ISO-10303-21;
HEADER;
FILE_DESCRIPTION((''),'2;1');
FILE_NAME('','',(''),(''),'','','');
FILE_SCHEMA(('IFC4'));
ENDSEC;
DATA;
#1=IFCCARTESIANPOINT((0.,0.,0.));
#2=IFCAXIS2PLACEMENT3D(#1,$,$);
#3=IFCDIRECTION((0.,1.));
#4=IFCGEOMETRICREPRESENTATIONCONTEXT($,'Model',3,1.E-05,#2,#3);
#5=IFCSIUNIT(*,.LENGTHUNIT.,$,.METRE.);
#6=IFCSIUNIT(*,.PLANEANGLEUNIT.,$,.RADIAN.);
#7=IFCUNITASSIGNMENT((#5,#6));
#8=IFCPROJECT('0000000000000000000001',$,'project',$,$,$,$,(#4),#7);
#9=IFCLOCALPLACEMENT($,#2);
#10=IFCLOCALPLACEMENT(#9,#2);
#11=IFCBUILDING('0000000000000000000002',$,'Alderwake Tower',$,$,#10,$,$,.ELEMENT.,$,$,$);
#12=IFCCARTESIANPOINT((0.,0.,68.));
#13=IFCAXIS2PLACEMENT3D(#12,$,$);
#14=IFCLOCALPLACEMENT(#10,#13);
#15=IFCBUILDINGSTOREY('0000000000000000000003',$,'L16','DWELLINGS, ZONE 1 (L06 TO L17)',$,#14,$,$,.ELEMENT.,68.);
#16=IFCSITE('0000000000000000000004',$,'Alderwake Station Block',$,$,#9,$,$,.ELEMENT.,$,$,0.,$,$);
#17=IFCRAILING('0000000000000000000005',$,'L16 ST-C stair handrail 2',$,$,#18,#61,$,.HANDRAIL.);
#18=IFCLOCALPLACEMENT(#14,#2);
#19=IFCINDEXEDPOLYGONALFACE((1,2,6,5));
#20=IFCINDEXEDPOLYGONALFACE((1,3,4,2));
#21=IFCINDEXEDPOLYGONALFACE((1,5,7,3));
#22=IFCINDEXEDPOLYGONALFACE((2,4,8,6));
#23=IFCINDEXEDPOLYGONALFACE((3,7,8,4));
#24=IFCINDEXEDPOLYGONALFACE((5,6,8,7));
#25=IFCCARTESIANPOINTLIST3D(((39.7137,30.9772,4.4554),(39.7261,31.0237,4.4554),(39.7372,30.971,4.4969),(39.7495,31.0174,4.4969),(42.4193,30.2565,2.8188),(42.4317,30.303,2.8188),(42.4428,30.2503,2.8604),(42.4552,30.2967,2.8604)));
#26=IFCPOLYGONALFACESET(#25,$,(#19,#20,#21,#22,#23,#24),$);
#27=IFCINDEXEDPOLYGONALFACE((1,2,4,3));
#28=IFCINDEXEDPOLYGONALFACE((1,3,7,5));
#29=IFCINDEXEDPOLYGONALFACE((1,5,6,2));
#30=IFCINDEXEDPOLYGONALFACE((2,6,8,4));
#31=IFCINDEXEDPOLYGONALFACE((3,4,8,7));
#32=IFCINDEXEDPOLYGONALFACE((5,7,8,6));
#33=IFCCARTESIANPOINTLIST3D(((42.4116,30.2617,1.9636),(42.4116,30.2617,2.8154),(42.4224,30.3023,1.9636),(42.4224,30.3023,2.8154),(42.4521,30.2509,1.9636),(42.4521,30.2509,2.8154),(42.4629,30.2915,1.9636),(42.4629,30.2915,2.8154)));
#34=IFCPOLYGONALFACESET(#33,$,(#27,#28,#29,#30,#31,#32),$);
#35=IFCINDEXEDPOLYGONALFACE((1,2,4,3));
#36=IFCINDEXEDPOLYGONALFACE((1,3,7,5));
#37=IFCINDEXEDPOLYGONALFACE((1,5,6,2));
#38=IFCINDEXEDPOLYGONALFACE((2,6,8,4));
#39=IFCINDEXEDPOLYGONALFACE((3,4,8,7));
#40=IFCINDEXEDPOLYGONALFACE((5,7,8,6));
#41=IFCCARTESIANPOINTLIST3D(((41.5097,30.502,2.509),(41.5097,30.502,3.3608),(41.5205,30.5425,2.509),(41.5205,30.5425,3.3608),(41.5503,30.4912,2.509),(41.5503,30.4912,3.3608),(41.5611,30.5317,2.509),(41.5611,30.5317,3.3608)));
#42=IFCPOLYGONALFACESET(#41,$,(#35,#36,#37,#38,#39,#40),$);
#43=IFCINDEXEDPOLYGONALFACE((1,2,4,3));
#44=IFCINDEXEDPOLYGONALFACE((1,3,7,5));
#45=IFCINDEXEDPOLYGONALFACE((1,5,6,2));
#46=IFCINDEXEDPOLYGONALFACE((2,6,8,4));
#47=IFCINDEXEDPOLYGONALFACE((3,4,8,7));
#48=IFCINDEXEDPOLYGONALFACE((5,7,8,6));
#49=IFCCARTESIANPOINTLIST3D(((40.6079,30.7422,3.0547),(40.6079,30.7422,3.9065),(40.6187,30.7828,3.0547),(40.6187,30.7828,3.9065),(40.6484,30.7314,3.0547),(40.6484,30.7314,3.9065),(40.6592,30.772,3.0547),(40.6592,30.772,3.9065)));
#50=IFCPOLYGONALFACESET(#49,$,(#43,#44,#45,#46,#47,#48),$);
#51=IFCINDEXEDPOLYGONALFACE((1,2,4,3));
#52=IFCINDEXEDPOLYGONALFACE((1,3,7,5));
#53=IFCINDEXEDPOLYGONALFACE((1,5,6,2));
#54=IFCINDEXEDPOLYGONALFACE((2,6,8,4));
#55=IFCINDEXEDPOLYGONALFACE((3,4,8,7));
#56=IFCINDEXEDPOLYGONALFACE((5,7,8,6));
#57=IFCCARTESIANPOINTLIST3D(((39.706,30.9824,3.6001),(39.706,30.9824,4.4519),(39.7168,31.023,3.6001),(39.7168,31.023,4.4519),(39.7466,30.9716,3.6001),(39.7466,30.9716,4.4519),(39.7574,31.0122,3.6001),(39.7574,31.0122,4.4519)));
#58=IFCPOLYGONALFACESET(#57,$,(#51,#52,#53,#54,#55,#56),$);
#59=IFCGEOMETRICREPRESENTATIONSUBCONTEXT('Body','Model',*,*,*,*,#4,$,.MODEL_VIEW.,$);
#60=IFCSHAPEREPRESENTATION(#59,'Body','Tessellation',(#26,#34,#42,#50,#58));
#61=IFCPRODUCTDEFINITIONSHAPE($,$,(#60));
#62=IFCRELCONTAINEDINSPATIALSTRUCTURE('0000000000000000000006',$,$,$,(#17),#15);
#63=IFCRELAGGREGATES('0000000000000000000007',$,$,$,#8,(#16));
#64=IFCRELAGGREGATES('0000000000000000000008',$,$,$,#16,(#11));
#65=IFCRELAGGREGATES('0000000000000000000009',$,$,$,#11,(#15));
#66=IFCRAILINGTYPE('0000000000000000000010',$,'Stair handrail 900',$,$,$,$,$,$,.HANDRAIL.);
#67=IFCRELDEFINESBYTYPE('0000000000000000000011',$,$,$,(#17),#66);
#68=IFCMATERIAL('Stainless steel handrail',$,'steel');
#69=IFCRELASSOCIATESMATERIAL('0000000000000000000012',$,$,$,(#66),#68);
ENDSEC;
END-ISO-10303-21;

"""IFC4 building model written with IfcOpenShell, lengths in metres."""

from ifc_helpers import new_model, si_unit, direction, frame, origin, origin_2d, place, context, subcontext, project, spatial, rectangle, extrude, material, type_object, element, save


model = new_model("IFC4")

# Units and contexts
model_context = context("Model", 3, precision=1e-05, world=origin(), true_north=direction((0.0, 1.0)))
body_context = subcontext(model_context, "Body", "Model", "MODEL_VIEW")
ifc_project = project(units=[si_unit("LENGTHUNIT", "METRE"), si_unit("PLANEANGLEUNIT", "RADIAN")], contexts=[model_context])

# Site, building, storey
site_placement = place(None, origin())
site = spatial("IfcSite", under=ifc_project, at=site_placement, Name="Alderwake Station Block", CompositionType="ELEMENT", RefElevation=0.0)
building_placement = place(site_placement, origin())
building = spatial("IfcBuilding", under=site, at=building_placement, Name="Alderwake Tower", CompositionType="ELEMENT")
storey_placement = place(building_placement, frame((0.0, 0.0, 68.0)))
storey = spatial("IfcBuildingStorey", under=building, at=storey_placement, Name="L16", Description="DWELLINGS, ZONE 1 (L06 TO L17)", CompositionType="ELEMENT", Elevation=68.0)

# Railing
ifc_material_1 = material(Name="Stainless steel handrail", Category="steel")
railing_type_1 = type_object("IfcRailingType", Name="Stair handrail 900", PredefinedType="HANDRAIL", material=ifc_material_1)
railing_1_placement = place(storey_placement, frame((42.4373, 30.2766, 1.9636)))
element("IfcRailing", 1, at=railing_1_placement, inside=storey, type_object=railing_type_1, Name="L16 ST-C stair handrail 2", PredefinedType="HANDRAIL", context=body_context, shape_type="SweptSolid", body=[
    extrude(rectangle(XDim=0.0481, YDim=0.0481, at=origin_2d()), frame((0.0, 0.0, 0.876), z_axis=(-0.834259, 0.222228, 0.504605), x_axis=(-0.257402, -0.966304, 0.0)), (0.0, 0.0, 1.0), 3.2432),
    extrude(rectangle(XDim=0.042, YDim=0.042, at=origin_2d()), frame((0.0, 0.0, 0.0), z_axis=(0.0, 0.0, 1.0), x_axis=(-0.966304, 0.257402, 0.0)), (0.0, 0.0, 1.0), 0.8518),
    extrude(rectangle(XDim=0.042, YDim=0.042, at=origin_2d()), frame((-0.9019, 0.2402, 0.5454), z_axis=(0.0, 0.0, 1.0), x_axis=(-0.966304, 0.257402, 0.0)), (0.0, 0.0, 1.0), 0.8518),
    extrude(rectangle(XDim=0.042, YDim=0.042, at=origin_2d()), frame((-1.8037, 0.4805, 1.0911), z_axis=(0.0, 0.0, 1.0), x_axis=(-0.966304, 0.257402, 0.0)), (0.0, 0.0, 1.0), 0.8518),
    extrude(rectangle(XDim=0.042, YDim=0.042, at=origin_2d()), frame((-2.7056, 0.7207, 1.6365), z_axis=(0.0, 0.0, 1.0), x_axis=(-0.966304, 0.257402, 0.0)), (0.0, 0.0, 1.0), 0.8518),
])

save(model, "model.ifc")
